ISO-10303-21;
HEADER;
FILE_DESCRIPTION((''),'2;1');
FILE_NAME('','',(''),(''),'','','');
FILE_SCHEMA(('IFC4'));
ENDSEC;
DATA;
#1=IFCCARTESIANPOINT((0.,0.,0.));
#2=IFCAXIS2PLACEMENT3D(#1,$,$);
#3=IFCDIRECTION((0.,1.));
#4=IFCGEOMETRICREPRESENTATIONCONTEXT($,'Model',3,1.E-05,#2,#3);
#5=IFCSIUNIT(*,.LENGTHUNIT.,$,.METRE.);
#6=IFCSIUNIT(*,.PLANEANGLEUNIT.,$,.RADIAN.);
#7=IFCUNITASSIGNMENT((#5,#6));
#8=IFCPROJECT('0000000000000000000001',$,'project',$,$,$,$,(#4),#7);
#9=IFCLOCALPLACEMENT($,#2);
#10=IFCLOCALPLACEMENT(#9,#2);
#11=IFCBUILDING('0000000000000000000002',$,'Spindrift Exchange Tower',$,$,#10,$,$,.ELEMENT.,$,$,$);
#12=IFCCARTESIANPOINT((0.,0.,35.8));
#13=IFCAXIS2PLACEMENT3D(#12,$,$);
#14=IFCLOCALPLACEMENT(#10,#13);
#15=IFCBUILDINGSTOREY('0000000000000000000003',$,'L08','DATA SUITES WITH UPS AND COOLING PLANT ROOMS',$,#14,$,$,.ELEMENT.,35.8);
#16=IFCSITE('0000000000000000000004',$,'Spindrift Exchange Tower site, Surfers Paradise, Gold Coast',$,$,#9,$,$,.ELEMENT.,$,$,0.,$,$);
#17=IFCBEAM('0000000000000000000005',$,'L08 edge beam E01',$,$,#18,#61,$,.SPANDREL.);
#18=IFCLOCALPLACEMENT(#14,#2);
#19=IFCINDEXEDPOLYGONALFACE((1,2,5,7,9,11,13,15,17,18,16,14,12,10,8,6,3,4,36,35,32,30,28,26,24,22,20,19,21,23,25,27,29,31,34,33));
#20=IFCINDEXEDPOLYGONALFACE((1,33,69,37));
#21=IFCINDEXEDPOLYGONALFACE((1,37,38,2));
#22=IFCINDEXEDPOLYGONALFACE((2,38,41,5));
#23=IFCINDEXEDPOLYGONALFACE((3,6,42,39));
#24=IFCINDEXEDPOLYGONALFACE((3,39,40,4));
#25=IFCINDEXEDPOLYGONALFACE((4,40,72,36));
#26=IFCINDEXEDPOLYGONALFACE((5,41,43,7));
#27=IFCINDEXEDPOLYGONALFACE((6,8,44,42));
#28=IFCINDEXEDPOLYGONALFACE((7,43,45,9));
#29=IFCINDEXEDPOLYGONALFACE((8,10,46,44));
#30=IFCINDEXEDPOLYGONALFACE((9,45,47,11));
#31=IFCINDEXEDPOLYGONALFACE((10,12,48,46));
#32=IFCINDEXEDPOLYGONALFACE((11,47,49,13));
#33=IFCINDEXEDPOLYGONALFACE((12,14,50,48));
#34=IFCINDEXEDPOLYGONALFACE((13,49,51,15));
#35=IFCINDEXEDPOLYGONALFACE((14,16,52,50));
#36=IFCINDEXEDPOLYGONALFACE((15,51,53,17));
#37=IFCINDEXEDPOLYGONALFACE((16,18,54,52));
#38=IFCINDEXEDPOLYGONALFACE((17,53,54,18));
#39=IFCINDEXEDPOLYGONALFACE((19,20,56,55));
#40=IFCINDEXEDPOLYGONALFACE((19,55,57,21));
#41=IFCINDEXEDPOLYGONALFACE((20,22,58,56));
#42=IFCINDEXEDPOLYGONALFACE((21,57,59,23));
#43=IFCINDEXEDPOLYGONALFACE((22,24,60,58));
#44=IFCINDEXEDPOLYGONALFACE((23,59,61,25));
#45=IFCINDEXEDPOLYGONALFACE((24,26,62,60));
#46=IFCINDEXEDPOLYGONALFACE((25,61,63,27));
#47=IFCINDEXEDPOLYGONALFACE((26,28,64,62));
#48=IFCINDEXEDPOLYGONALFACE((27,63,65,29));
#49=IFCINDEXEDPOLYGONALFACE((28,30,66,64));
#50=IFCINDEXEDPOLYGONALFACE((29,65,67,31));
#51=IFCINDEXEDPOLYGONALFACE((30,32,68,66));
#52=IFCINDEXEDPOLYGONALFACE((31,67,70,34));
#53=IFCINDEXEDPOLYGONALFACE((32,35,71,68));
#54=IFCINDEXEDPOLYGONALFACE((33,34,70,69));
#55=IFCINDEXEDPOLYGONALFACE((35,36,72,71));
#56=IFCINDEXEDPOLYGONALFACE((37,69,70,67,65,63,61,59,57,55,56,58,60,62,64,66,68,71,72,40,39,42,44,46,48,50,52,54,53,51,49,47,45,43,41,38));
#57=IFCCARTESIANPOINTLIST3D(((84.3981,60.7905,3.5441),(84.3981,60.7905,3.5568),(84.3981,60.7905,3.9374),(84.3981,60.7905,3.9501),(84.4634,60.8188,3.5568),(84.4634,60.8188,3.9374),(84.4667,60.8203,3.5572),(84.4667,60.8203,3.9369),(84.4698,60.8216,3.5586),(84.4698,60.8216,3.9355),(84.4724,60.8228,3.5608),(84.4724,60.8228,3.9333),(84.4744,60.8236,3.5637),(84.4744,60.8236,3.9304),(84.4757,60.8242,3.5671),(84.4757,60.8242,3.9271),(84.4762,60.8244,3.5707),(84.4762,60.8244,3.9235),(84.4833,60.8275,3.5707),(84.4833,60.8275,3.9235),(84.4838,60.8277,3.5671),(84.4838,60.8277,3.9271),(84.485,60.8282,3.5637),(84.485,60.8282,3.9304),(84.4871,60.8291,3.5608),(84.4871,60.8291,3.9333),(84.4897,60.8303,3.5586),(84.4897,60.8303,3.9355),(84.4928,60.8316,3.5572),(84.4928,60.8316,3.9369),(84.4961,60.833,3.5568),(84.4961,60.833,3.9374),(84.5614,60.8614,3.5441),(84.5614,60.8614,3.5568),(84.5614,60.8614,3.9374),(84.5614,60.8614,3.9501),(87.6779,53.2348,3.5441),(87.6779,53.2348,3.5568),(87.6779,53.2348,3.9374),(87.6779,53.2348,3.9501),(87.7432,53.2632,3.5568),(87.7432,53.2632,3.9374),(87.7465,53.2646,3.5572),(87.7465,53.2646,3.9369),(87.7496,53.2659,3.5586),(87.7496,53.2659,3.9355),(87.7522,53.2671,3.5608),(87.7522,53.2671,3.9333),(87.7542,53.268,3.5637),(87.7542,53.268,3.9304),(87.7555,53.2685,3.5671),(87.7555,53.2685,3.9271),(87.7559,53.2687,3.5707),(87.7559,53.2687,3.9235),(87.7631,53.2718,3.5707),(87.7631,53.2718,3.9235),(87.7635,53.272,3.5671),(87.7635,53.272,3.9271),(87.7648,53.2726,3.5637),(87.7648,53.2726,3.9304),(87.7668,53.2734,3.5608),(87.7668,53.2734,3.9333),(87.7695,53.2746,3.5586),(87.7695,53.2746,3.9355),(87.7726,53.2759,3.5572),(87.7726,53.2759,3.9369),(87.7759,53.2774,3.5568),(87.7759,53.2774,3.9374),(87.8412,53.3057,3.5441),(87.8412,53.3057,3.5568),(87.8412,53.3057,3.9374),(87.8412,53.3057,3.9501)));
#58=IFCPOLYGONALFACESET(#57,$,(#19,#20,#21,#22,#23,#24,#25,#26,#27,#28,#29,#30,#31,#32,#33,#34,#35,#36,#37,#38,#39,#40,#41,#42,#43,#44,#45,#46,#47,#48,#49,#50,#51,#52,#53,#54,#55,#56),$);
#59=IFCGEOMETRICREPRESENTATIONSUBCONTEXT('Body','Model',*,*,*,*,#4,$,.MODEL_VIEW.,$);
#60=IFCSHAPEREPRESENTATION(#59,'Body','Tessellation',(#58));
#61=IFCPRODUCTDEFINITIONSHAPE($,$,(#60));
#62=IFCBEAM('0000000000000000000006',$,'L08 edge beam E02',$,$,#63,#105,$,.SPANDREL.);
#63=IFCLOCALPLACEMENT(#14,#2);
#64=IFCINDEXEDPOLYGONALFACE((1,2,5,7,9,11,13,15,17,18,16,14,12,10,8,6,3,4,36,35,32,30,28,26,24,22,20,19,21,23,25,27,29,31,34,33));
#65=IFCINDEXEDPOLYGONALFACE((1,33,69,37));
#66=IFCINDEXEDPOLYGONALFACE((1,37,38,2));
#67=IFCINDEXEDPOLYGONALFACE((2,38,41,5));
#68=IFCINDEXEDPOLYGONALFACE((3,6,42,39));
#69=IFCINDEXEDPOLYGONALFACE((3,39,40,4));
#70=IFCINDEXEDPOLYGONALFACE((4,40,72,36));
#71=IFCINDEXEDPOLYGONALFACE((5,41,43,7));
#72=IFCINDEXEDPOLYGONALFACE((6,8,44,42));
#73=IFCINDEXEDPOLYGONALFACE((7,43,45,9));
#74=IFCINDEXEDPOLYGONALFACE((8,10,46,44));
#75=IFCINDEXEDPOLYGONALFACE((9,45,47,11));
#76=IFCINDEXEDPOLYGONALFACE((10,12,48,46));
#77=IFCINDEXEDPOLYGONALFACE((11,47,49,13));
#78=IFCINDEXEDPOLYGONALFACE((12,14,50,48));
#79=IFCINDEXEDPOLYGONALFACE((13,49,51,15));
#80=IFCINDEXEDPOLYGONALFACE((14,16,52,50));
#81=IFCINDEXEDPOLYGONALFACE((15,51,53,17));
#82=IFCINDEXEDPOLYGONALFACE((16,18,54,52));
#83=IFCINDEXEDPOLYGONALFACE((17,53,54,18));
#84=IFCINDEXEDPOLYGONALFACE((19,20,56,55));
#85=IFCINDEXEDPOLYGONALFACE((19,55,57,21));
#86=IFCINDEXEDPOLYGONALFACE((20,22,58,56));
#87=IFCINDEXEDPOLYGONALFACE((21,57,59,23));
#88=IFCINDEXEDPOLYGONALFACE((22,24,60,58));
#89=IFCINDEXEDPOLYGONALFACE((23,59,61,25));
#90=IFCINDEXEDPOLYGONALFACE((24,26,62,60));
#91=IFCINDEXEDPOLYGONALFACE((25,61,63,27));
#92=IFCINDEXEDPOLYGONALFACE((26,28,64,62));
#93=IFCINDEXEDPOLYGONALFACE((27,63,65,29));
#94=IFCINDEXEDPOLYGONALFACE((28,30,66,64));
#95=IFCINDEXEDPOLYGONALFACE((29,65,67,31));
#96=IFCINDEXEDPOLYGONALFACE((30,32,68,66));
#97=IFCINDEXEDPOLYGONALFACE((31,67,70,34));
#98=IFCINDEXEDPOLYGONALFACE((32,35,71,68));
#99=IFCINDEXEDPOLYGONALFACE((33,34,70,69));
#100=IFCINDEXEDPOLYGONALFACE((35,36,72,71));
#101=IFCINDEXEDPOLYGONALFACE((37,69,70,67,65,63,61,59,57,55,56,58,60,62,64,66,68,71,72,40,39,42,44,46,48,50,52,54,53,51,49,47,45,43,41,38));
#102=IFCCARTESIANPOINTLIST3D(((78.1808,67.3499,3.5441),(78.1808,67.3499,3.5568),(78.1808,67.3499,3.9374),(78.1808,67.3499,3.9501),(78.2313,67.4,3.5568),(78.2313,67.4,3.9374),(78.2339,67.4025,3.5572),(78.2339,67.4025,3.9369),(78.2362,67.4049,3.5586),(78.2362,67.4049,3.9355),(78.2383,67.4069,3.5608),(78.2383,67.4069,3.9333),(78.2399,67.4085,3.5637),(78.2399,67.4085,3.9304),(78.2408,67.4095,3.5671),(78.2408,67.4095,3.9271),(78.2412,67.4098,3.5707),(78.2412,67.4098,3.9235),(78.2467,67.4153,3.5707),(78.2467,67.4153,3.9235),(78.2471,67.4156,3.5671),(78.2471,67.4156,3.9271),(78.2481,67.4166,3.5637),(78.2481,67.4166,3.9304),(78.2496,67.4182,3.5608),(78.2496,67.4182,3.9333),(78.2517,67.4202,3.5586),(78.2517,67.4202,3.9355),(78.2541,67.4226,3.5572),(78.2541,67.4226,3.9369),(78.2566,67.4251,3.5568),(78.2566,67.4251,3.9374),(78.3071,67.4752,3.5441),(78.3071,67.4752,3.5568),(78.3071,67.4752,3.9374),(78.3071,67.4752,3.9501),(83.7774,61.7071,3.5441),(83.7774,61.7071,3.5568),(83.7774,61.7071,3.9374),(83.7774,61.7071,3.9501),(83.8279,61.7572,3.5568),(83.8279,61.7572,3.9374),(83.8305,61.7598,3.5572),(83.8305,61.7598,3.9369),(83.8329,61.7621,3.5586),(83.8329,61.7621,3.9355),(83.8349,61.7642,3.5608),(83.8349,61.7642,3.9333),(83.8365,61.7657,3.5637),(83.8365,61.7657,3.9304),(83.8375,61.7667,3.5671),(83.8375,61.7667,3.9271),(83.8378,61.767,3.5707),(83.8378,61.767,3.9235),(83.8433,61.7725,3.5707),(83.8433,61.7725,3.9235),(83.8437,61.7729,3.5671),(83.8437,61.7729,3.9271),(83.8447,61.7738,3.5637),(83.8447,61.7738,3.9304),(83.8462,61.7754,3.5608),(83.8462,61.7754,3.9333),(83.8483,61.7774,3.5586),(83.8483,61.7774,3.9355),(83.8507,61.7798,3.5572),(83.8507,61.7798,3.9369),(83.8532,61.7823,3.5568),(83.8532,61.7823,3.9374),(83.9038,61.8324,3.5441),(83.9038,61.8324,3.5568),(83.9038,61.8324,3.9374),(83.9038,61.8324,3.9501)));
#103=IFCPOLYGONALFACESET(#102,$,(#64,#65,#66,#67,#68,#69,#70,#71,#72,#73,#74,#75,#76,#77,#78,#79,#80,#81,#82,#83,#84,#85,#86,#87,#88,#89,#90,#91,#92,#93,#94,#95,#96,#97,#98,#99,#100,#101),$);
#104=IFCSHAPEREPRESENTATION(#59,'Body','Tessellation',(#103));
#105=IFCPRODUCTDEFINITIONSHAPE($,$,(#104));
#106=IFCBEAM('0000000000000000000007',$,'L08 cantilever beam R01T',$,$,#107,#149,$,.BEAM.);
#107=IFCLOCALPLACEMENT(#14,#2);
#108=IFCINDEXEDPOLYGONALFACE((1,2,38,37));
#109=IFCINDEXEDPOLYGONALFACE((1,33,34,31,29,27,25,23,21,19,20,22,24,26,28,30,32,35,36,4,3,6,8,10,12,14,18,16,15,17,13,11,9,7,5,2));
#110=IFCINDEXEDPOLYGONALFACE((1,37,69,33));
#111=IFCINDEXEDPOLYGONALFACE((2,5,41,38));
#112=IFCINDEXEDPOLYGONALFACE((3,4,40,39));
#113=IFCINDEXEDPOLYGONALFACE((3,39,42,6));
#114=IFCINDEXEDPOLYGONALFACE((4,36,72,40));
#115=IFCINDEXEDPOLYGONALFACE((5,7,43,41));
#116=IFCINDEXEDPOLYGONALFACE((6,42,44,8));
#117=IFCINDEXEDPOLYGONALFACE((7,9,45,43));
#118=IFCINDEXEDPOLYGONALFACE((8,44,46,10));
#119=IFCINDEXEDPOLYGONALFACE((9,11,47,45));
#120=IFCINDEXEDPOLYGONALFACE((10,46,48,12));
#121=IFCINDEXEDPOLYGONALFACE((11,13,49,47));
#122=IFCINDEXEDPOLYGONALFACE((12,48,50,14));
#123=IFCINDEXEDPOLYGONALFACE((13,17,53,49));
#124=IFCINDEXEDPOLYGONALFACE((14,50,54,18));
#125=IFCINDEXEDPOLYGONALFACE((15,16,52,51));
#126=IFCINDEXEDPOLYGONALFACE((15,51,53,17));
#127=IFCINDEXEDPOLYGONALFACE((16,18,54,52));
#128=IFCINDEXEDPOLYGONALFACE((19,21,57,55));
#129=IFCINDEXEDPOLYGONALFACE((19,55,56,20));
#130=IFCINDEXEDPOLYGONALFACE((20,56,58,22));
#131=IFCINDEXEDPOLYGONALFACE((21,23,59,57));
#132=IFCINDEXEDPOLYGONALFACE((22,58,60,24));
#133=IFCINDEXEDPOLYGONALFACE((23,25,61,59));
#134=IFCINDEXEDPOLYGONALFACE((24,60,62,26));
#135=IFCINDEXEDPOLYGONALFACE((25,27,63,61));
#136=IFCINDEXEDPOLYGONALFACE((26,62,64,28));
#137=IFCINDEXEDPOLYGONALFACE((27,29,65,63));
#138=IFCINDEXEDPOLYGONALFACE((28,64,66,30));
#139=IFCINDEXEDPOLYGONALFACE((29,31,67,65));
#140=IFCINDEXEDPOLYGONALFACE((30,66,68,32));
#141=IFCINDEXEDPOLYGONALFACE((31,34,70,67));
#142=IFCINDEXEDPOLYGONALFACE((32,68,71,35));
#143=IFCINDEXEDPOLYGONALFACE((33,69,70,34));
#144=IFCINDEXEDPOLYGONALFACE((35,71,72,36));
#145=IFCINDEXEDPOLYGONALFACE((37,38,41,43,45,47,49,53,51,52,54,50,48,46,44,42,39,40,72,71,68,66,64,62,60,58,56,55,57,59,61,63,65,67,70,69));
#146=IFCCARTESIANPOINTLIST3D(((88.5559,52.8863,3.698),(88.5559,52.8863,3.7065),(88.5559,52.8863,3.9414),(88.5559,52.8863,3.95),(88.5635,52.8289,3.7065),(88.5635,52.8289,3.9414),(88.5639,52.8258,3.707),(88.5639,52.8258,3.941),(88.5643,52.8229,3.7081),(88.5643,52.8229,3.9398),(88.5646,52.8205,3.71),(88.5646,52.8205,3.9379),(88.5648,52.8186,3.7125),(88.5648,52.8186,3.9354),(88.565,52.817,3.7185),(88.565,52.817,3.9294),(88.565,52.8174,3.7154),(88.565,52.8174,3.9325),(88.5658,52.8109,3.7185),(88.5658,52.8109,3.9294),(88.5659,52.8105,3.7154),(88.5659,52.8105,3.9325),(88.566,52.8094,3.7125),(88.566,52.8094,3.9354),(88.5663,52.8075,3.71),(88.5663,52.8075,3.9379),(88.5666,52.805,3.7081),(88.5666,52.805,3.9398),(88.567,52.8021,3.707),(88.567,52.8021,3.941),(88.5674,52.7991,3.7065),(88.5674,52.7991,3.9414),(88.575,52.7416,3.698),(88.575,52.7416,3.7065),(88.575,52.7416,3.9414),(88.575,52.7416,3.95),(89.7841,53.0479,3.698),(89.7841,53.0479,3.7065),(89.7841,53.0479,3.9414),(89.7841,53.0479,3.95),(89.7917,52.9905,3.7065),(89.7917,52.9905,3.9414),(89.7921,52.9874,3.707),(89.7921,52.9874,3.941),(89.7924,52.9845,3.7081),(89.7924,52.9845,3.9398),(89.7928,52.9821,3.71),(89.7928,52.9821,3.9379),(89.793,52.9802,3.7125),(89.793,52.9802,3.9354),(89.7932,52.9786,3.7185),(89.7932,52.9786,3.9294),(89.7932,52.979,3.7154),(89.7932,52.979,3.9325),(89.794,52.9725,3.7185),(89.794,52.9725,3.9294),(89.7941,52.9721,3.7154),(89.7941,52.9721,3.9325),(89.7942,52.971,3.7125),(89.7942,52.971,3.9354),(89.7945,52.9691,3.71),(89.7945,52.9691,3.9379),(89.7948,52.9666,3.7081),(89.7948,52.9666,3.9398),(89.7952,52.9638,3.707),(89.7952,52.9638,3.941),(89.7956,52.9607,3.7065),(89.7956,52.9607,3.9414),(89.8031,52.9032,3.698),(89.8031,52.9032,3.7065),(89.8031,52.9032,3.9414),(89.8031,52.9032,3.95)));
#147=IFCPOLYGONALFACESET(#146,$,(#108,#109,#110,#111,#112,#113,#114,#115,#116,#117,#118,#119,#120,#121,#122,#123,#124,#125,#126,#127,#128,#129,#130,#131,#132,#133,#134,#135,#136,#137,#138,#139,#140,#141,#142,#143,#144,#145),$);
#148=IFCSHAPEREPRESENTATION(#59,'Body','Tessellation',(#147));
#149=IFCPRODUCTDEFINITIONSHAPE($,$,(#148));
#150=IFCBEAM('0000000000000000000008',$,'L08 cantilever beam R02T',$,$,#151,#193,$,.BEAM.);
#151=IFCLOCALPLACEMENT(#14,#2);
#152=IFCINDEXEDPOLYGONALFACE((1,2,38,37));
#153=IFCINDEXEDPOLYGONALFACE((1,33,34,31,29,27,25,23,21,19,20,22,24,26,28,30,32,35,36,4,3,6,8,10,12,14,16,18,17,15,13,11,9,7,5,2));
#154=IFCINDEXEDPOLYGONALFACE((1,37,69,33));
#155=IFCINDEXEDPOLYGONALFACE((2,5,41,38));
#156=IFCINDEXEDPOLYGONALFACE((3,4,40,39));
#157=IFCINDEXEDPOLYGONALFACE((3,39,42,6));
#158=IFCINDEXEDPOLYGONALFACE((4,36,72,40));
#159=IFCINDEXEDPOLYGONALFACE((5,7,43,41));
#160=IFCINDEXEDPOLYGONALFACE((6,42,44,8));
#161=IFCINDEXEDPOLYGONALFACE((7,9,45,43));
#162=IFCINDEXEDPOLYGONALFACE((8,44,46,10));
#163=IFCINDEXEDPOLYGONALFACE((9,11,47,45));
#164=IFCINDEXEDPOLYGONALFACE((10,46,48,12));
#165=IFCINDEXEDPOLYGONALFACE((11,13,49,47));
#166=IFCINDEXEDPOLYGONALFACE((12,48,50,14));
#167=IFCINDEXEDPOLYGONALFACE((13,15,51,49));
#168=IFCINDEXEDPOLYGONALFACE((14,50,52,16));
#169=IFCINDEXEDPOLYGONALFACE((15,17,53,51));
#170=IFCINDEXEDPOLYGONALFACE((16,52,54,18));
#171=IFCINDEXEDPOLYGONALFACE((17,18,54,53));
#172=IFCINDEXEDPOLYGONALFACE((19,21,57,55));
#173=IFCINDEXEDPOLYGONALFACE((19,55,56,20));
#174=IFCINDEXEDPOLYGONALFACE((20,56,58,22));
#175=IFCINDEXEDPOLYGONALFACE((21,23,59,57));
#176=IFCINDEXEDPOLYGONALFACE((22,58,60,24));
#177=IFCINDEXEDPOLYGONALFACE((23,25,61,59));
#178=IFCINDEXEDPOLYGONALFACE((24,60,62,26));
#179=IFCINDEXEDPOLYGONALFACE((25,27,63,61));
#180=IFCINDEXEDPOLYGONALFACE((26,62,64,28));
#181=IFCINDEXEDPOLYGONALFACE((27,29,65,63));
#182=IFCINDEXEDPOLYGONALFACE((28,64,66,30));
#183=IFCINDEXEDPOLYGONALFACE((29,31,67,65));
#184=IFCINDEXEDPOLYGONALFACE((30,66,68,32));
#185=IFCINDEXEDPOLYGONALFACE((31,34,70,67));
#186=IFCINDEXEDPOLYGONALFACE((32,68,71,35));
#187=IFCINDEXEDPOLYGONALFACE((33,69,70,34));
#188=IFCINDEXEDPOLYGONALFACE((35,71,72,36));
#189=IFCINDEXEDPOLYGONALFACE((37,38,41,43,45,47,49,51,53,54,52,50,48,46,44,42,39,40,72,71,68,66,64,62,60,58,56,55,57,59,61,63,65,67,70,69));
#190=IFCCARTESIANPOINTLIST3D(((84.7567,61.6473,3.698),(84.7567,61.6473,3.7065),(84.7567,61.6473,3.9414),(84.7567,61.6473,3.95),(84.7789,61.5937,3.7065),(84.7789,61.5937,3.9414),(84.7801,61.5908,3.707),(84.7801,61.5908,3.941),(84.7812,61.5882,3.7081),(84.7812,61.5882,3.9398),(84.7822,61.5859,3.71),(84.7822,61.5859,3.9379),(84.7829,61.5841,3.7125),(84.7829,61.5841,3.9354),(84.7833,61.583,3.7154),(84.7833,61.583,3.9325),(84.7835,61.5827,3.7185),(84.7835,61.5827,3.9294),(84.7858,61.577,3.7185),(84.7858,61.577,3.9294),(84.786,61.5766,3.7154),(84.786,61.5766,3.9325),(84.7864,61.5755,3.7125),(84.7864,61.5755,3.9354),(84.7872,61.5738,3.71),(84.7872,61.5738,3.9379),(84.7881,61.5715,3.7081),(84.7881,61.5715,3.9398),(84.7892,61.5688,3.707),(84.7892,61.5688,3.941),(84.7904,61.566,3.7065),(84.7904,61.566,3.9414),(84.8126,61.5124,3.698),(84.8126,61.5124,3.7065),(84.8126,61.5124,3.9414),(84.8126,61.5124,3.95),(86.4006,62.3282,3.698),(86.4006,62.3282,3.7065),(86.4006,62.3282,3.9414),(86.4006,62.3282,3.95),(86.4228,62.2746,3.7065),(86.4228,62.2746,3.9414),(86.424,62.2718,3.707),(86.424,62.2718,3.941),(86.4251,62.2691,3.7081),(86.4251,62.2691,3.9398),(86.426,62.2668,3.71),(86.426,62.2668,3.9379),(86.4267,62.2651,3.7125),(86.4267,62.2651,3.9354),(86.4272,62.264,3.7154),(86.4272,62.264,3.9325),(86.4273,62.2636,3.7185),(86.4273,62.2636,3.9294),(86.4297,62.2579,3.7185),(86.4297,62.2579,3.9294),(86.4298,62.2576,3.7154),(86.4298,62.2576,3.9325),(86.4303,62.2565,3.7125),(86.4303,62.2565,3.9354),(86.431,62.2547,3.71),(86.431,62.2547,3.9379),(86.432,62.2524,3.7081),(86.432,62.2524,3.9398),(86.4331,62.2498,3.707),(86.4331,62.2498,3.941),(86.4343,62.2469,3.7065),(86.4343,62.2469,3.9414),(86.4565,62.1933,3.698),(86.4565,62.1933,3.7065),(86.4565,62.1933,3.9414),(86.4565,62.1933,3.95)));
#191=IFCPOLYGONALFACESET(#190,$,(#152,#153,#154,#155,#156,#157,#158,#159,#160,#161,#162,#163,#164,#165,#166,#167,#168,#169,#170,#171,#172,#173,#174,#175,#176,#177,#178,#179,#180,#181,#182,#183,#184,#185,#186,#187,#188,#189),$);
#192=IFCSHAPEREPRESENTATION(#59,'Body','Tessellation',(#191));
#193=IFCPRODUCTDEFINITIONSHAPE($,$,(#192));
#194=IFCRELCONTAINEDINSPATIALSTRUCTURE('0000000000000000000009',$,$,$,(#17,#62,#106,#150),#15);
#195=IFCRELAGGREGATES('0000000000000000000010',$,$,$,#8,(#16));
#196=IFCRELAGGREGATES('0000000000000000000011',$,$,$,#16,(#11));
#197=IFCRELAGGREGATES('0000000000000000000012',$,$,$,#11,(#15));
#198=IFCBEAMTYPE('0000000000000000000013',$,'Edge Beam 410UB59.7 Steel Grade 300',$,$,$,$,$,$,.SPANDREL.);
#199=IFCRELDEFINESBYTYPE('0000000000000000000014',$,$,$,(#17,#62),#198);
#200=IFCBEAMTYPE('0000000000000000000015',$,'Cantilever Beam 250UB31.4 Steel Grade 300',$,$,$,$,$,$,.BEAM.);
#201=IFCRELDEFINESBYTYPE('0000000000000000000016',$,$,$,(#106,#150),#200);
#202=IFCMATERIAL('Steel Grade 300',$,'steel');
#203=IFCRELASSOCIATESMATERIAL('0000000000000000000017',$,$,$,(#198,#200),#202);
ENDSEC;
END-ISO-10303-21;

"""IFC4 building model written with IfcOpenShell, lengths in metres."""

from ifc_helpers import new_model, si_unit, direction, frame, origin, origin_2d, place, context, subcontext, project, spatial, i_section, extrude, source, transform, mapped, material, material_profile, profile_set, type_object, element, save


model = new_model("IFC4")

# Units and contexts
model_context = context("Model", 3, precision=1e-05, world=origin(), true_north=direction((0.0, 1.0)))
body_context = subcontext(model_context, "Body", "Model", "MODEL_VIEW")
ifc_project = project(units=[si_unit("LENGTHUNIT", "METRE"), si_unit("PLANEANGLEUNIT", "RADIAN")], contexts=[model_context])

# Site, building, storey
site_placement = place(None, origin())
site = spatial("IfcSite", under=ifc_project, at=site_placement, Name="Spindrift Exchange Tower site, Surfers Paradise, Gold Coast", CompositionType="ELEMENT", RefElevation=0.0)
building_placement = place(site_placement, origin())
building = spatial("IfcBuilding", under=site, at=building_placement, Name="Spindrift Exchange Tower", CompositionType="ELEMENT")
storey_placement = place(building_placement, frame((0.0, 0.0, 35.8)))
storey = spatial("IfcBuildingStorey", under=building, at=storey_placement, Name="L08", Description="DATA SUITES WITH UPS AND COOLING PLANT ROOMS", CompositionType="ELEMENT", Elevation=35.8)

# Beams
ifc_material_1 = material(Name="Steel Grade 300", Category="steel")
ifc_material_profile_1 = material_profile(ifc_material_1, i_section(OverallWidth=0.178, OverallDepth=0.406, WebThickness=0.0078, FlangeThickness=0.0127, FilletRadius=0.0139, at=origin_2d()), Name="410UB59.7")
ifc_profile_set_1 = profile_set([ifc_material_profile_1], Name="Steel Grade 300")
beam_type_1 = type_object("IfcBeamType", Name="Edge Beam 410UB59.7 Steel Grade 300", PredefinedType="SPANDREL", material=ifc_profile_set_1)
shared_shape_1 = source(origin(), body_context, "Body", "SweptSolid", [
    extrude(i_section(OverallWidth=0.178, OverallDepth=0.406, WebThickness=0.0078, FlangeThickness=0.0127, FilletRadius=0.0139, at=origin_2d()), origin(), (0.0, 0.0, 1.0), 8.2368),
])
beam_1_placement = place(storey_placement, frame((87.7595, 53.2703, 3.7471), z_axis=(-0.398186, 0.917305, 0.0), x_axis=(-0.917305, -0.398186, 0.0)))
element("IfcBeam", 1, at=beam_1_placement, inside=storey, type_object=beam_type_1, Name="L08 edge beam E01", PredefinedType="SPANDREL", context=body_context, shape_type="MappedRepresentation", body=[
    mapped(shared_shape_1, transform((0.0, 0.0, 0.0), scale=1.0)),
])
shared_shape_2 = source(origin(), body_context, "Body", "SweptSolid", [
    extrude(i_section(OverallWidth=0.178, OverallDepth=0.406, WebThickness=0.0078, FlangeThickness=0.0127, FilletRadius=0.0139, at=origin_2d()), origin(), (0.0, 0.0, 1.0), 7.9475),
])
beam_2_placement = place(storey_placement, frame((83.8406, 61.7698, 3.7471), z_axis=(-0.704198, 0.710004, 0.0), x_axis=(-0.710004, -0.704198, 0.0)))
element("IfcBeam", 2, at=beam_2_placement, inside=storey, type_object=beam_type_1, Name="L08 edge beam E02", PredefinedType="SPANDREL", context=body_context, shape_type="MappedRepresentation", body=[
    mapped(shared_shape_2, transform((0.0, 0.0, 0.0), scale=1.0)),
])
ifc_material_profile_2 = material_profile(ifc_material_1, i_section(OverallWidth=0.146, OverallDepth=0.252, WebThickness=0.0061, FlangeThickness=0.0085, FilletRadius=0.012, at=origin_2d()), Name="250UB31.4")
ifc_profile_set_2 = profile_set([ifc_material_profile_2], Name="Steel Grade 300")
beam_type_2 = type_object("IfcBeamType", Name="Cantilever Beam 250UB31.4 Steel Grade 300", PredefinedType="BEAM", material=ifc_profile_set_2)
shared_shape_3 = source(origin(), body_context, "Body", "SweptSolid", [
    extrude(i_section(OverallWidth=0.146, OverallDepth=0.252, WebThickness=0.0061, FlangeThickness=0.0085, FilletRadius=0.012, at=origin_2d()), origin(), (0.0, 0.0, 1.0), 1.2388),
])
beam_3_placement = place(storey_placement, frame((88.5654, 52.814, 3.824), z_axis=(0.991454, 0.13046, 0.0), x_axis=(-0.13046, 0.991454, 0.0)))
element("IfcBeam", 3, at=beam_3_placement, inside=storey, type_object=beam_type_2, Name="L08 cantilever beam R01T", PredefinedType="BEAM", context=body_context, shape_type="MappedRepresentation", body=[
    mapped(shared_shape_3, transform((0.0, 0.0, 0.0), scale=1.0)),
])
shared_shape_4 = source(origin(), body_context, "Body", "SweptSolid", [
    extrude(i_section(OverallWidth=0.146, OverallDepth=0.252, WebThickness=0.0061, FlangeThickness=0.0085, FilletRadius=0.012, at=origin_2d()), origin(), (0.0, 0.0, 1.0), 1.7793),
])
beam_4_placement = place(storey_placement, frame((84.7847, 61.5798, 3.824), z_axis=(0.923875, 0.382695, 0.0), x_axis=(-0.382695, 0.923875, 0.0)))
element("IfcBeam", 4, at=beam_4_placement, inside=storey, type_object=beam_type_2, Name="L08 cantilever beam R02T", PredefinedType="BEAM", context=body_context, shape_type="MappedRepresentation", body=[
    mapped(shared_shape_4, transform((0.0, 0.0, 0.0), scale=1.0)),
])

save(model, "model.ifc")
